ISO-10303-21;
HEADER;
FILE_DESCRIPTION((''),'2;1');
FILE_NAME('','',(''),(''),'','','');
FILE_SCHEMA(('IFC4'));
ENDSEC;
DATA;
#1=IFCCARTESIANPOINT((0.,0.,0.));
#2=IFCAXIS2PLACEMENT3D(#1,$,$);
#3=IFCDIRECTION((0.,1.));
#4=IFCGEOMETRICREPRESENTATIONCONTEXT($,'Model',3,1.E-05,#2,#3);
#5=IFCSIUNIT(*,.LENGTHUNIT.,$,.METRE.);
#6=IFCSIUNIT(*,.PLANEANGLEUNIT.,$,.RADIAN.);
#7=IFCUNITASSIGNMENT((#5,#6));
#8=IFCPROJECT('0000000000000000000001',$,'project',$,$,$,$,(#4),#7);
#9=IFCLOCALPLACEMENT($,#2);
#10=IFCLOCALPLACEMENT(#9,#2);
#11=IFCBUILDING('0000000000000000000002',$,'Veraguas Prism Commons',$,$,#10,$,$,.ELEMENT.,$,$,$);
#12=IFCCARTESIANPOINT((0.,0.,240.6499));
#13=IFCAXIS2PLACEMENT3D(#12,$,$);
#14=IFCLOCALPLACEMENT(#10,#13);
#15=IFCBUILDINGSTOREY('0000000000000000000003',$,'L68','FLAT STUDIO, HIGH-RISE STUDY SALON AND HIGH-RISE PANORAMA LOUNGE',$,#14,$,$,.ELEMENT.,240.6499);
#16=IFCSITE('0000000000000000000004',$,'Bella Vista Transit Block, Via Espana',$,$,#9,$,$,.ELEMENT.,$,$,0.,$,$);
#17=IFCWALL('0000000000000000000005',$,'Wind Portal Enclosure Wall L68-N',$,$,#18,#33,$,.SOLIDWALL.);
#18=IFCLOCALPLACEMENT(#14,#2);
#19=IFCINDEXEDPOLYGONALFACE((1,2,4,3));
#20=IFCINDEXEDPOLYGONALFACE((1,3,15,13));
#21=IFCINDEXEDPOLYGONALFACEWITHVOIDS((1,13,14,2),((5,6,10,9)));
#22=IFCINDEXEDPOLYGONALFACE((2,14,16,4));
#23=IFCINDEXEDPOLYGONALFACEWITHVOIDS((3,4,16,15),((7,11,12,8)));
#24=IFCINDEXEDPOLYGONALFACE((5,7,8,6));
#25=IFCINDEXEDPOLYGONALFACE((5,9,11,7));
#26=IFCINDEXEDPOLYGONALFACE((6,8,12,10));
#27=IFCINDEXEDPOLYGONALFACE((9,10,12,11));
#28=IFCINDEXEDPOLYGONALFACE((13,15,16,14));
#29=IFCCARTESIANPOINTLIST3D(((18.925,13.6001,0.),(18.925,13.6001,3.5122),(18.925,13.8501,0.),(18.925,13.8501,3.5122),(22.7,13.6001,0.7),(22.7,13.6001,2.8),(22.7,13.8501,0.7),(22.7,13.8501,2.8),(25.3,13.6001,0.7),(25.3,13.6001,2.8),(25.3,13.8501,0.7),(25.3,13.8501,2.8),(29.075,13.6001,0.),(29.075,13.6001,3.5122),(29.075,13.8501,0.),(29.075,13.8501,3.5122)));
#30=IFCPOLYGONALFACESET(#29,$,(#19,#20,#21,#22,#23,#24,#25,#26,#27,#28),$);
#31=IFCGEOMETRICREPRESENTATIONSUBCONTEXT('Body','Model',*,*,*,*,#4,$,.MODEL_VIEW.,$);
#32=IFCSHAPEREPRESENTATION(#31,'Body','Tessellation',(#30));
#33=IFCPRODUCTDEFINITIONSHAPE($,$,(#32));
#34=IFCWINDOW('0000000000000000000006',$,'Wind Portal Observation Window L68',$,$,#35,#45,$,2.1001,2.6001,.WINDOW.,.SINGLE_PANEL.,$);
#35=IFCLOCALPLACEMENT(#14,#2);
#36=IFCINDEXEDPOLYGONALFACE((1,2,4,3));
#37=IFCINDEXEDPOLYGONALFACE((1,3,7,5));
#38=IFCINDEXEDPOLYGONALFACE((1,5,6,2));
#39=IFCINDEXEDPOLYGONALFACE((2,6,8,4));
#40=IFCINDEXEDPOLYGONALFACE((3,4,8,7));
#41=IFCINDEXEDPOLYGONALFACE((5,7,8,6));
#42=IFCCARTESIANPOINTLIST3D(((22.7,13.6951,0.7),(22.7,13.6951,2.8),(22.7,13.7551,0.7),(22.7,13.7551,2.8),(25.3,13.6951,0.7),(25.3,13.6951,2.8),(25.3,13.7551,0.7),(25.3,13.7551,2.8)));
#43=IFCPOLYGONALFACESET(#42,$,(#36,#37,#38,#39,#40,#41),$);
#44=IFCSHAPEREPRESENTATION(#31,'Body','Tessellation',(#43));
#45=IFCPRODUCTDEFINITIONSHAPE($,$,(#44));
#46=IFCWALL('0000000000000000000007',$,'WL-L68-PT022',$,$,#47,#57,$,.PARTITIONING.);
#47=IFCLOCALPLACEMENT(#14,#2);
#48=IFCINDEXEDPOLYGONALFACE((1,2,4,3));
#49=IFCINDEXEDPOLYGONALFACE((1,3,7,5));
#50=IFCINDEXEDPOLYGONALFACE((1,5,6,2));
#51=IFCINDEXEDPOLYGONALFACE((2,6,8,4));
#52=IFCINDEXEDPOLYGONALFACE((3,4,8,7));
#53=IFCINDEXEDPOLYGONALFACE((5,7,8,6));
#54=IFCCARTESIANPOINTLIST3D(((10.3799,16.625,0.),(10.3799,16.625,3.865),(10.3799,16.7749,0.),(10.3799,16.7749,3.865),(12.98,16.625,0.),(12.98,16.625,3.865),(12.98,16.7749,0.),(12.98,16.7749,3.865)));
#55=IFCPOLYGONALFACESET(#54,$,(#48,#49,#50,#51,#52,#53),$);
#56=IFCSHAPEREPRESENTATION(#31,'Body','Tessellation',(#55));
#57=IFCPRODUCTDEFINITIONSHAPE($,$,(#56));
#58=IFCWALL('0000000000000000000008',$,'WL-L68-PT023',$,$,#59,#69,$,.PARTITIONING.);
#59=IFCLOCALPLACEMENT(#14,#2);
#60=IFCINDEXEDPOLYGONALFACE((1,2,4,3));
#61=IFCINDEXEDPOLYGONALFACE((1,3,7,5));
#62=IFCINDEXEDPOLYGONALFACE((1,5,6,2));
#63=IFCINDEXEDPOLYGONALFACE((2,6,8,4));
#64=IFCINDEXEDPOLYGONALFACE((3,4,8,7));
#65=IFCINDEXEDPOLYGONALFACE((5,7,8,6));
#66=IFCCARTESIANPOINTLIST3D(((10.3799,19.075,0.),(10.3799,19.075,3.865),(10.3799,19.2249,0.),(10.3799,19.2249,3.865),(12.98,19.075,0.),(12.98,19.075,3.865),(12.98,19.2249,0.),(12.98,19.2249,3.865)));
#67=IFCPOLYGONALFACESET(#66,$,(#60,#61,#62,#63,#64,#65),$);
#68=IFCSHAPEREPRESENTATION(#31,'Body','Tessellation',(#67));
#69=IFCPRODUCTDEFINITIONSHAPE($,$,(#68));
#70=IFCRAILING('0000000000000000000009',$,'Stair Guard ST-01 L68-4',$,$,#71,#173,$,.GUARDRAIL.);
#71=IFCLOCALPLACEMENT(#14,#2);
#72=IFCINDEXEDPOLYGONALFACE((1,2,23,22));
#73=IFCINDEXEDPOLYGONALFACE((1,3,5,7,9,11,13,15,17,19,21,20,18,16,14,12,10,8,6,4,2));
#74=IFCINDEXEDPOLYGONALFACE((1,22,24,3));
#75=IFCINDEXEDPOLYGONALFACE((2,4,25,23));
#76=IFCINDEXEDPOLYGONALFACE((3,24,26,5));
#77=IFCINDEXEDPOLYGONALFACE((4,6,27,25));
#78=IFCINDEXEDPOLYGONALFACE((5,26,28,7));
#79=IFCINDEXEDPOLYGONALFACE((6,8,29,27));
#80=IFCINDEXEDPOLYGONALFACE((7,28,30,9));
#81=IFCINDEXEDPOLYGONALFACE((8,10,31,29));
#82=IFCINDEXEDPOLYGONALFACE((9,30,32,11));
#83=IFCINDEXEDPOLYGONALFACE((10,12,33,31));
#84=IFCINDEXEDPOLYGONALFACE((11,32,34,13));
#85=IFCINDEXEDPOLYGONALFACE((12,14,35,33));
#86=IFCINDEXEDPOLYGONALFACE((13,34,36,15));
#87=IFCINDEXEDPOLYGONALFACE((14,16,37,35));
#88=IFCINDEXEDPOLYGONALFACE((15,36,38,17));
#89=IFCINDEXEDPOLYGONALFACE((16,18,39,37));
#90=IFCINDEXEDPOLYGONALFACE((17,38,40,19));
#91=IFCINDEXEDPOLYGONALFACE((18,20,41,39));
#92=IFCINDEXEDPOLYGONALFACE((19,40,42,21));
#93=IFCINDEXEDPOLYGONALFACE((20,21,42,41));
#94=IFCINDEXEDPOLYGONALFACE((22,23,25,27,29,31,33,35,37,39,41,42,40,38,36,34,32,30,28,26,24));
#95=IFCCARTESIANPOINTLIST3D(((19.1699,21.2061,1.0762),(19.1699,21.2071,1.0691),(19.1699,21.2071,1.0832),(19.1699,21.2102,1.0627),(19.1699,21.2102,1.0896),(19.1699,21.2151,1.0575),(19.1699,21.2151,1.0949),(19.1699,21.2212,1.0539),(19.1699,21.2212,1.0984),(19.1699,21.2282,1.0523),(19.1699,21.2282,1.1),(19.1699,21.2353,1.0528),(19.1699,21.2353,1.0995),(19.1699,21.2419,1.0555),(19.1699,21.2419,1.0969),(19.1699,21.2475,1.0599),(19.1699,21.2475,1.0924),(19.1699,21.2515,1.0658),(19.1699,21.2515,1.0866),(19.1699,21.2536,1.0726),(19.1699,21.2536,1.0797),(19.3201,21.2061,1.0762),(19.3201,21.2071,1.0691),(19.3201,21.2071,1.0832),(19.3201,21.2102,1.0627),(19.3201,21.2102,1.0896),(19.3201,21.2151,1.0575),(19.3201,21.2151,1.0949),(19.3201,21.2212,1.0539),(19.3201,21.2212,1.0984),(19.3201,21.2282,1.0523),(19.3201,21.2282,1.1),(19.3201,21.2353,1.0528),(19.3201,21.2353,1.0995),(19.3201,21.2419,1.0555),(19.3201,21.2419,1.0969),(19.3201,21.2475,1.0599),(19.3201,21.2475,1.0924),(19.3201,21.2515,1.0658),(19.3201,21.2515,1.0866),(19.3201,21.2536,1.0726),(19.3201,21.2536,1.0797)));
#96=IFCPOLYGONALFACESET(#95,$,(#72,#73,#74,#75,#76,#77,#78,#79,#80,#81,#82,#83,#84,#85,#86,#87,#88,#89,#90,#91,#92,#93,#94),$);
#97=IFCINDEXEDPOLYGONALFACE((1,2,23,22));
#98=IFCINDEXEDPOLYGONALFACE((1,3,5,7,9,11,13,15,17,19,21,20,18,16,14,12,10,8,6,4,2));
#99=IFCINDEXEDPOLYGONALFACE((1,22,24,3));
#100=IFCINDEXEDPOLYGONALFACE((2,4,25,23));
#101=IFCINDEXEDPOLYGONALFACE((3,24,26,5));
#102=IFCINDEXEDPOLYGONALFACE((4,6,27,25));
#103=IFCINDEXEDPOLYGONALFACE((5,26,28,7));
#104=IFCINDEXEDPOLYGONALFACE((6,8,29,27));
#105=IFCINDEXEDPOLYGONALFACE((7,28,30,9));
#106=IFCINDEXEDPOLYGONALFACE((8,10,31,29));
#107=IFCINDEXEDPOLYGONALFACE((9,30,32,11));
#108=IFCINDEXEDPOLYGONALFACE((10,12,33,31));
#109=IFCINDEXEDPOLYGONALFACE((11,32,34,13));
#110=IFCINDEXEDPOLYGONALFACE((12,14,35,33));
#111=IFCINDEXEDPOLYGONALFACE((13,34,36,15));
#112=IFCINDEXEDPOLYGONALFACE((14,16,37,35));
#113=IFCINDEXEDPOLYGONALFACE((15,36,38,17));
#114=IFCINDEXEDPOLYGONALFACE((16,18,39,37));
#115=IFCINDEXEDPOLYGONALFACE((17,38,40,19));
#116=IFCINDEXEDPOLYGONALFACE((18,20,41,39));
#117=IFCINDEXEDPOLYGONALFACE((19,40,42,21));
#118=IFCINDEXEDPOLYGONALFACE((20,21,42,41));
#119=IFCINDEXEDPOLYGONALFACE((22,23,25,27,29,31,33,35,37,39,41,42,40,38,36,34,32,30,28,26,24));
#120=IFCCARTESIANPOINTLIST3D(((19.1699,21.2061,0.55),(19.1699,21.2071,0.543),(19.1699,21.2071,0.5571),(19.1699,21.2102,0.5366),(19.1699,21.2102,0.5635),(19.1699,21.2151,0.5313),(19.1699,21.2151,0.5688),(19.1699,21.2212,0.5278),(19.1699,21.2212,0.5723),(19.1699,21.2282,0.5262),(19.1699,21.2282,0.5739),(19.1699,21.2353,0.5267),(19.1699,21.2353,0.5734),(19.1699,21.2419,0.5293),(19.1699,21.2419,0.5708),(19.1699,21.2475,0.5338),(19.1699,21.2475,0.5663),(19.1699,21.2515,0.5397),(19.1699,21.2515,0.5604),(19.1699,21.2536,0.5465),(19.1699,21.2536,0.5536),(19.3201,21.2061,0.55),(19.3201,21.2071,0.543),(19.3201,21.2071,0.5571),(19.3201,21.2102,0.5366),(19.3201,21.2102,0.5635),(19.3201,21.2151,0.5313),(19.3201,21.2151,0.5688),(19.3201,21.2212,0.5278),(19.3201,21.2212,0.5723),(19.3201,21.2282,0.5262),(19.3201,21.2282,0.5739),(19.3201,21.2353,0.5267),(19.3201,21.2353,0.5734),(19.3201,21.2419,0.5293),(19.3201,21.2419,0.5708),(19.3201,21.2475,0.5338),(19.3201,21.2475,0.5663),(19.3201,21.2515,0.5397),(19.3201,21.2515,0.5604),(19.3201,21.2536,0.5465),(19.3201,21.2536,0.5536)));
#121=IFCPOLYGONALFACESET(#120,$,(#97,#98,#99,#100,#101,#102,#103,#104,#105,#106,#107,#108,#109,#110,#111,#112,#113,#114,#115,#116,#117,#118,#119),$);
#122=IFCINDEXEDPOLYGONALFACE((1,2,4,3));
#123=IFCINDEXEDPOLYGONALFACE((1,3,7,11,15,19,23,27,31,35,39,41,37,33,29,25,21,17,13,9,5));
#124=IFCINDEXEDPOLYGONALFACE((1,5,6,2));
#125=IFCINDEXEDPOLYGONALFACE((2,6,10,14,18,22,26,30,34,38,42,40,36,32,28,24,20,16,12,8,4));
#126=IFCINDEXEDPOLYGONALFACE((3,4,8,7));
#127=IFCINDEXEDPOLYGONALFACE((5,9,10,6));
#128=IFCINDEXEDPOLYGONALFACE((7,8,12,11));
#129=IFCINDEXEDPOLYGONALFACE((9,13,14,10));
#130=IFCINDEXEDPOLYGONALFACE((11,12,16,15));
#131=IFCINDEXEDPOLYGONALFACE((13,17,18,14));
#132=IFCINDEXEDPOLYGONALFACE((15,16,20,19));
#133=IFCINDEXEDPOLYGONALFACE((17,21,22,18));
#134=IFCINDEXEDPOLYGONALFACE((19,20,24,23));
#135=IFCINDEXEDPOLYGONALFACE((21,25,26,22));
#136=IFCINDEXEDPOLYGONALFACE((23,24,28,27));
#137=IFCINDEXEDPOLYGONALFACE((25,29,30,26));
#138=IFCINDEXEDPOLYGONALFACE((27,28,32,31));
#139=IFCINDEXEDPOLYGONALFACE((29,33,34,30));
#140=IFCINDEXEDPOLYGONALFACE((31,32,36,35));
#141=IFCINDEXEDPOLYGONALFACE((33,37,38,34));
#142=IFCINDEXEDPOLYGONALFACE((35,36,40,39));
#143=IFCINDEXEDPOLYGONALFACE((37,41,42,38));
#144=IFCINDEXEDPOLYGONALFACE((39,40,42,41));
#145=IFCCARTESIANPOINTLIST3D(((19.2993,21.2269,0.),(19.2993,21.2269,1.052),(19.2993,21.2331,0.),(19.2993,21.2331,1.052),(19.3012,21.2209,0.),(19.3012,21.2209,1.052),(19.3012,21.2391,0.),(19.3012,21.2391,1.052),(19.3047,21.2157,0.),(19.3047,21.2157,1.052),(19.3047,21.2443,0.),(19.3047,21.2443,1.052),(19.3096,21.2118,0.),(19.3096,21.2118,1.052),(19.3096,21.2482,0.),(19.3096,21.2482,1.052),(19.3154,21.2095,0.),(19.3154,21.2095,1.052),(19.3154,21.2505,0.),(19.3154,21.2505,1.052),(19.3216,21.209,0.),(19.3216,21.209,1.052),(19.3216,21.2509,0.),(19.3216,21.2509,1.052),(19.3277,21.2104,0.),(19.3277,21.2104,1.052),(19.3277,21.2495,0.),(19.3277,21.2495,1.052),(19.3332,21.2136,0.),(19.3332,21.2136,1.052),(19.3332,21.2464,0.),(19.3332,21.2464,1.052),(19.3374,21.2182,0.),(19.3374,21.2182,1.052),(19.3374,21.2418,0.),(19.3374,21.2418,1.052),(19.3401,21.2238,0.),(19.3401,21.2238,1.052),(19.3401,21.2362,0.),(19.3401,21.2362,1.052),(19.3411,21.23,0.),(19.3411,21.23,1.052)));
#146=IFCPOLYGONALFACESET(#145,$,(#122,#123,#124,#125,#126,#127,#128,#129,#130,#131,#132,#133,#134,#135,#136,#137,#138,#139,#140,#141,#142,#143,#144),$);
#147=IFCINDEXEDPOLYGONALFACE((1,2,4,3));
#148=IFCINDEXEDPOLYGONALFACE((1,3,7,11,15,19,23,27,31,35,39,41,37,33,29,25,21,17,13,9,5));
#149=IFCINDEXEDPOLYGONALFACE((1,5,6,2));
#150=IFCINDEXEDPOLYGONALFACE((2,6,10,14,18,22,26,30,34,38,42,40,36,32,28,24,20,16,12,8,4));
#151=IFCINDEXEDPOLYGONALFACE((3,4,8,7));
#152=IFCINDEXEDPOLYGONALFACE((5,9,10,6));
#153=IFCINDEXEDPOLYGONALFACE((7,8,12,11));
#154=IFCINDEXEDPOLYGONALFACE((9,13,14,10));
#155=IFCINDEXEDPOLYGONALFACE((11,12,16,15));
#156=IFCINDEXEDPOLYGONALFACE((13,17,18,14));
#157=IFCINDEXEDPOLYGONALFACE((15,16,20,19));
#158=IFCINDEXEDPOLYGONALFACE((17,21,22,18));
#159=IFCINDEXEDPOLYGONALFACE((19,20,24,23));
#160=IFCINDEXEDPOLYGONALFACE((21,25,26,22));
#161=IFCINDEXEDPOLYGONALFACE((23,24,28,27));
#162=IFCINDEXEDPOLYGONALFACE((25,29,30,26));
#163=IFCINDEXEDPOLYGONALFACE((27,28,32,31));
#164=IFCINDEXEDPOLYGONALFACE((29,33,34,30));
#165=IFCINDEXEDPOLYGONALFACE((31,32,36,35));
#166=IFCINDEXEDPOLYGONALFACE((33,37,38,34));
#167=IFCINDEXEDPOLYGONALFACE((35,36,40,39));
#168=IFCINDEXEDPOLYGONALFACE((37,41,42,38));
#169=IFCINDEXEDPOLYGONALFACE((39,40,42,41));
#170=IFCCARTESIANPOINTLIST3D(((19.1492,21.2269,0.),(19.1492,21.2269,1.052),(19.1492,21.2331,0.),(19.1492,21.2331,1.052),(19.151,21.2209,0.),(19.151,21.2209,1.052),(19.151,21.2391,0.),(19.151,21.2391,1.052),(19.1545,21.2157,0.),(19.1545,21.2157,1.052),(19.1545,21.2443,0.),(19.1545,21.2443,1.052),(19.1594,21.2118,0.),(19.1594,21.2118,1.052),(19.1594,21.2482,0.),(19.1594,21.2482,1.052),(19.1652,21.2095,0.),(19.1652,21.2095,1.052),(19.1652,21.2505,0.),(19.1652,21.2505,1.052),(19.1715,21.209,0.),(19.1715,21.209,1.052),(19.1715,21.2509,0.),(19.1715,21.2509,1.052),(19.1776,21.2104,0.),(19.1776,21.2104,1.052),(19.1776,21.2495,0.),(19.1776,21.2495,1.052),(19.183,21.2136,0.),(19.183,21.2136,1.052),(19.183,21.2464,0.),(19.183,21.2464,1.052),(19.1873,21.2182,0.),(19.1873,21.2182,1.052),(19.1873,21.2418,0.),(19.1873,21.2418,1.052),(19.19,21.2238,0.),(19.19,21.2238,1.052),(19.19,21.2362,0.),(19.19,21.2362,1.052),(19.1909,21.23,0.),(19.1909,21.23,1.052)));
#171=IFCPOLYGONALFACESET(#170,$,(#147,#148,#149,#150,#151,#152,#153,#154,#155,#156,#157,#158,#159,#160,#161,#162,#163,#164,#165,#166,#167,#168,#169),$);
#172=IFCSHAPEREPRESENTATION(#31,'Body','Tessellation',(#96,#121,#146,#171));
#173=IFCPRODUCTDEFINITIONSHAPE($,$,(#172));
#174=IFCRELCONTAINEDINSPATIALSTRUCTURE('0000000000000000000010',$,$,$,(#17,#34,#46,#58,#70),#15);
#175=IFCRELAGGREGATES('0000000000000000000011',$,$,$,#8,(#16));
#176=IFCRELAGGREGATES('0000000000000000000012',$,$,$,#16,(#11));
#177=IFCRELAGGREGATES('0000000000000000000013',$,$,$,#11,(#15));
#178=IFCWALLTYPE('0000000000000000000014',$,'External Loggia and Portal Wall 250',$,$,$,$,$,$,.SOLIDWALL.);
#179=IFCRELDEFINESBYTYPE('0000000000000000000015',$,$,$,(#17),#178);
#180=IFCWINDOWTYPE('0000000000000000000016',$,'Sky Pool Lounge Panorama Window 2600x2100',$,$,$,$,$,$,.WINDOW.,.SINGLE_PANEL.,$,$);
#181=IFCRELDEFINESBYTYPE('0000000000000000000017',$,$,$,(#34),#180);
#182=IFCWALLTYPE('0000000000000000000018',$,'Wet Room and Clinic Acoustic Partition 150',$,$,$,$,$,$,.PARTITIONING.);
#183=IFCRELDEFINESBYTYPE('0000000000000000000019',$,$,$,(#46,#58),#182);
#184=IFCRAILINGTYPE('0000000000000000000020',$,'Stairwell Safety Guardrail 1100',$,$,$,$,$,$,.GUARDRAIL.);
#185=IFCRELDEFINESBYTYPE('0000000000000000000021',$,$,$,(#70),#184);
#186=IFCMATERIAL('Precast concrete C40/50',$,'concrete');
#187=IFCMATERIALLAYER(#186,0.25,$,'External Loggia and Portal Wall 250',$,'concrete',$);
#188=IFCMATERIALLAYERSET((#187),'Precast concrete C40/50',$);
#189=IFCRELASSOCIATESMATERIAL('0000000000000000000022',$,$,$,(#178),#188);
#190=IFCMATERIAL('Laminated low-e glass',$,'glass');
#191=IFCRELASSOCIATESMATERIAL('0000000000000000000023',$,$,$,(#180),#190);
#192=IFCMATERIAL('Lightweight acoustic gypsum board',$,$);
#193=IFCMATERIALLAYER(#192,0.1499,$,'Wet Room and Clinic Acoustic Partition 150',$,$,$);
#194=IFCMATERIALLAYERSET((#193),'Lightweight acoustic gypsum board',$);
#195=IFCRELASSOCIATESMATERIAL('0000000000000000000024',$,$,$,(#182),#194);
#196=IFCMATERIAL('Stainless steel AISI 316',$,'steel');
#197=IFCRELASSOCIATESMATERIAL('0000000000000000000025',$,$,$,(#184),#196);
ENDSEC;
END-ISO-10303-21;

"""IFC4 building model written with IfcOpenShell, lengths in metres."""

from ifc_helpers import new_model, si_unit, direction, frame, frame_2d, origin, origin_2d, place, context, subcontext, project, spatial, rectangle, circle, extrude, source, transform, mapped, material, layer, layer_set, type_object, element, fill, save


model = new_model("IFC4")

# Units and contexts
model_context = context("Model", 3, precision=1e-05, world=origin(), true_north=direction((0.0, 1.0)))
body_context = subcontext(model_context, "Body", "Model", "MODEL_VIEW")
ifc_project = project(units=[si_unit("LENGTHUNIT", "METRE"), si_unit("PLANEANGLEUNIT", "RADIAN")], contexts=[model_context])

# Site, building, storey
site_placement = place(None, origin())
site = spatial("IfcSite", under=ifc_project, at=site_placement, Name="Bella Vista Transit Block, Via Espana", CompositionType="ELEMENT", RefElevation=0.0)
building_placement = place(site_placement, origin())
building = spatial("IfcBuilding", under=site, at=building_placement, Name="Veraguas Prism Commons", CompositionType="ELEMENT")
storey_placement = place(building_placement, frame((0.0, 0.0, 240.6499)))
storey = spatial("IfcBuildingStorey", under=building, at=storey_placement, Name="L68", Description="FLAT STUDIO, HIGH-RISE STUDY SALON AND HIGH-RISE PANORAMA LOUNGE", CompositionType="ELEMENT", Elevation=240.6499)

# Wall, opening, window
ifc_material_1 = material(Name="Precast concrete C40/50", Category="concrete")
ifc_layer_1 = layer(ifc_material_1, 0.25, Name="External Loggia and Portal Wall 250", Category="concrete")
ifc_layer_set_1 = layer_set([ifc_layer_1], Name="Precast concrete C40/50")
wall_type_1 = type_object("IfcWallType", Name="External Loggia and Portal Wall 250", PredefinedType="SOLIDWALL", material=ifc_layer_set_1)
wall_1_placement = place(storey_placement, frame((18.925, 13.7251, 0.0), z_axis=(0.0, 0.0, 1.0), x_axis=(1.0, 0.0, 0.0)))
wall_1 = element("IfcWall", 1, at=wall_1_placement, inside=storey, type_object=wall_type_1, Name="Wind Portal Enclosure Wall L68-N", PredefinedType="SOLIDWALL", context=body_context, shape_type="SweptSolid", body=[
    extrude(rectangle(XDim=10.1499, YDim=0.25, at=frame_2d((5.075, 0.0))), origin(), (0.0, 0.0, 1.0), 3.5122),
])
opening_1_placement = place(wall_1_placement, frame((3.7749, 0.0, 0.7)))
opening_1 = element("IfcOpeningElement", 2, at=opening_1_placement, cuts=wall_1, PredefinedType="OPENING", context=body_context, shape_type="SweptSolid", body=[
    extrude(rectangle(XDim=2.6001, YDim=2.1001, at=frame_2d((1.3, 1.05))), frame((0.0, 0.135, 0.0), z_axis=(0.0, -1.0, 0.0), x_axis=(1.0, 0.0, 0.0)), (0.0, 0.0, 1.0), 0.27),
])
ifc_material_2 = material(Name="Laminated low-e glass", Category="glass")
window_type = type_object("IfcWindowType", Name="Sky Pool Lounge Panorama Window 2600x2100", PartitioningType="SINGLE_PANEL", PredefinedType="WINDOW", material=ifc_material_2)
shared_shape_1 = source(origin(), body_context, "Body", "SweptSolid", [
    extrude(rectangle(XDim=2.6001, YDim=2.1001, at=frame_2d((1.3, 1.05))), frame((0.0, 0.03, 0.0), z_axis=(0.0, -1.0, 0.0), x_axis=(1.0, 0.0, 0.0)), (0.0, 0.0, 1.0), 0.0601),
])
window_placement = place(opening_1_placement, origin())
window = element("IfcWindow", 3, at=window_placement, inside=storey, type_object=window_type, Name="Wind Portal Observation Window L68", OverallHeight=2.1001, OverallWidth=2.6001, PartitioningType="SINGLE_PANEL", PredefinedType="WINDOW", context=body_context, shape_type="MappedRepresentation", body=[
    mapped(shared_shape_1, transform((0.0, 0.0, 0.0), scale=1.0)),
])
fill(opening_1, window)

# Walls
ifc_material_3 = material(Name="Lightweight acoustic gypsum board")
ifc_layer_2 = layer(ifc_material_3, 0.1499, Name="Wet Room and Clinic Acoustic Partition 150")
ifc_layer_set_2 = layer_set([ifc_layer_2], Name="Lightweight acoustic gypsum board")
wall_type_2 = type_object("IfcWallType", Name="Wet Room and Clinic Acoustic Partition 150", PredefinedType="PARTITIONING", material=ifc_layer_set_2)
for number, where, z_axis, x_axis, name in (
    (4, (12.98, 16.7, 0.0), (0.0, 0.0, 1.0), (-1.0, 0.0, 0.0), "WL-L68-PT022"),
    (5, (12.98, 19.1499, 0.0), (0.0, 0.0, 1.0), (-1.0, 0.0, 0.0), "WL-L68-PT023"),
):
    element("IfcWall", number, at=place(storey_placement, frame(where, z_axis=z_axis, x_axis=x_axis)), inside=storey, type_object=wall_type_2, Name=name, PredefinedType="PARTITIONING", context=body_context, shape_type="SweptSolid", body=[
        extrude(rectangle(XDim=2.6001, YDim=0.1499, at=frame_2d((1.3, 0.0))), origin(), (0.0, 0.0, 1.0), 3.865),
    ])

# Railing
ifc_material_4 = material(Name="Stainless steel AISI 316", Category="steel")
railing_type = type_object("IfcRailingType", Name="Stairwell Safety Guardrail 1100", PredefinedType="GUARDRAIL", material=ifc_material_4)
railing_placement = place(storey_placement, frame((19.3201, 21.23, 0.0)))
element("IfcRailing", 6, at=railing_placement, inside=storey, type_object=railing_type, Name="Stair Guard ST-01 L68-4", PredefinedType="GUARDRAIL", context=body_context, shape_type="SweptSolid", body=[
    extrude(circle(Radius=0.0239, at=origin_2d()), frame((0.0, 0.0, 1.0762), z_axis=(-1.0, 0.0, 0.0), x_axis=(0.0, -1.0, 0.0)), (0.0, 0.0, 1.0), 0.1501),
    extrude(circle(Radius=0.0239, at=origin_2d()), frame((0.0, 0.0, 0.55), z_axis=(-1.0, 0.0, 0.0), x_axis=(0.0, -1.0, 0.0)), (0.0, 0.0, 1.0), 0.1501),
    extrude(circle(Radius=0.021, at=origin_2d()), origin(), (0.0, 0.0, 1.0), 1.052),
    extrude(circle(Radius=0.021, at=origin_2d()), frame((-0.1501, 0.0, 0.0)), (0.0, 0.0, 1.0), 1.052),
])

save(model, "model.ifc")
